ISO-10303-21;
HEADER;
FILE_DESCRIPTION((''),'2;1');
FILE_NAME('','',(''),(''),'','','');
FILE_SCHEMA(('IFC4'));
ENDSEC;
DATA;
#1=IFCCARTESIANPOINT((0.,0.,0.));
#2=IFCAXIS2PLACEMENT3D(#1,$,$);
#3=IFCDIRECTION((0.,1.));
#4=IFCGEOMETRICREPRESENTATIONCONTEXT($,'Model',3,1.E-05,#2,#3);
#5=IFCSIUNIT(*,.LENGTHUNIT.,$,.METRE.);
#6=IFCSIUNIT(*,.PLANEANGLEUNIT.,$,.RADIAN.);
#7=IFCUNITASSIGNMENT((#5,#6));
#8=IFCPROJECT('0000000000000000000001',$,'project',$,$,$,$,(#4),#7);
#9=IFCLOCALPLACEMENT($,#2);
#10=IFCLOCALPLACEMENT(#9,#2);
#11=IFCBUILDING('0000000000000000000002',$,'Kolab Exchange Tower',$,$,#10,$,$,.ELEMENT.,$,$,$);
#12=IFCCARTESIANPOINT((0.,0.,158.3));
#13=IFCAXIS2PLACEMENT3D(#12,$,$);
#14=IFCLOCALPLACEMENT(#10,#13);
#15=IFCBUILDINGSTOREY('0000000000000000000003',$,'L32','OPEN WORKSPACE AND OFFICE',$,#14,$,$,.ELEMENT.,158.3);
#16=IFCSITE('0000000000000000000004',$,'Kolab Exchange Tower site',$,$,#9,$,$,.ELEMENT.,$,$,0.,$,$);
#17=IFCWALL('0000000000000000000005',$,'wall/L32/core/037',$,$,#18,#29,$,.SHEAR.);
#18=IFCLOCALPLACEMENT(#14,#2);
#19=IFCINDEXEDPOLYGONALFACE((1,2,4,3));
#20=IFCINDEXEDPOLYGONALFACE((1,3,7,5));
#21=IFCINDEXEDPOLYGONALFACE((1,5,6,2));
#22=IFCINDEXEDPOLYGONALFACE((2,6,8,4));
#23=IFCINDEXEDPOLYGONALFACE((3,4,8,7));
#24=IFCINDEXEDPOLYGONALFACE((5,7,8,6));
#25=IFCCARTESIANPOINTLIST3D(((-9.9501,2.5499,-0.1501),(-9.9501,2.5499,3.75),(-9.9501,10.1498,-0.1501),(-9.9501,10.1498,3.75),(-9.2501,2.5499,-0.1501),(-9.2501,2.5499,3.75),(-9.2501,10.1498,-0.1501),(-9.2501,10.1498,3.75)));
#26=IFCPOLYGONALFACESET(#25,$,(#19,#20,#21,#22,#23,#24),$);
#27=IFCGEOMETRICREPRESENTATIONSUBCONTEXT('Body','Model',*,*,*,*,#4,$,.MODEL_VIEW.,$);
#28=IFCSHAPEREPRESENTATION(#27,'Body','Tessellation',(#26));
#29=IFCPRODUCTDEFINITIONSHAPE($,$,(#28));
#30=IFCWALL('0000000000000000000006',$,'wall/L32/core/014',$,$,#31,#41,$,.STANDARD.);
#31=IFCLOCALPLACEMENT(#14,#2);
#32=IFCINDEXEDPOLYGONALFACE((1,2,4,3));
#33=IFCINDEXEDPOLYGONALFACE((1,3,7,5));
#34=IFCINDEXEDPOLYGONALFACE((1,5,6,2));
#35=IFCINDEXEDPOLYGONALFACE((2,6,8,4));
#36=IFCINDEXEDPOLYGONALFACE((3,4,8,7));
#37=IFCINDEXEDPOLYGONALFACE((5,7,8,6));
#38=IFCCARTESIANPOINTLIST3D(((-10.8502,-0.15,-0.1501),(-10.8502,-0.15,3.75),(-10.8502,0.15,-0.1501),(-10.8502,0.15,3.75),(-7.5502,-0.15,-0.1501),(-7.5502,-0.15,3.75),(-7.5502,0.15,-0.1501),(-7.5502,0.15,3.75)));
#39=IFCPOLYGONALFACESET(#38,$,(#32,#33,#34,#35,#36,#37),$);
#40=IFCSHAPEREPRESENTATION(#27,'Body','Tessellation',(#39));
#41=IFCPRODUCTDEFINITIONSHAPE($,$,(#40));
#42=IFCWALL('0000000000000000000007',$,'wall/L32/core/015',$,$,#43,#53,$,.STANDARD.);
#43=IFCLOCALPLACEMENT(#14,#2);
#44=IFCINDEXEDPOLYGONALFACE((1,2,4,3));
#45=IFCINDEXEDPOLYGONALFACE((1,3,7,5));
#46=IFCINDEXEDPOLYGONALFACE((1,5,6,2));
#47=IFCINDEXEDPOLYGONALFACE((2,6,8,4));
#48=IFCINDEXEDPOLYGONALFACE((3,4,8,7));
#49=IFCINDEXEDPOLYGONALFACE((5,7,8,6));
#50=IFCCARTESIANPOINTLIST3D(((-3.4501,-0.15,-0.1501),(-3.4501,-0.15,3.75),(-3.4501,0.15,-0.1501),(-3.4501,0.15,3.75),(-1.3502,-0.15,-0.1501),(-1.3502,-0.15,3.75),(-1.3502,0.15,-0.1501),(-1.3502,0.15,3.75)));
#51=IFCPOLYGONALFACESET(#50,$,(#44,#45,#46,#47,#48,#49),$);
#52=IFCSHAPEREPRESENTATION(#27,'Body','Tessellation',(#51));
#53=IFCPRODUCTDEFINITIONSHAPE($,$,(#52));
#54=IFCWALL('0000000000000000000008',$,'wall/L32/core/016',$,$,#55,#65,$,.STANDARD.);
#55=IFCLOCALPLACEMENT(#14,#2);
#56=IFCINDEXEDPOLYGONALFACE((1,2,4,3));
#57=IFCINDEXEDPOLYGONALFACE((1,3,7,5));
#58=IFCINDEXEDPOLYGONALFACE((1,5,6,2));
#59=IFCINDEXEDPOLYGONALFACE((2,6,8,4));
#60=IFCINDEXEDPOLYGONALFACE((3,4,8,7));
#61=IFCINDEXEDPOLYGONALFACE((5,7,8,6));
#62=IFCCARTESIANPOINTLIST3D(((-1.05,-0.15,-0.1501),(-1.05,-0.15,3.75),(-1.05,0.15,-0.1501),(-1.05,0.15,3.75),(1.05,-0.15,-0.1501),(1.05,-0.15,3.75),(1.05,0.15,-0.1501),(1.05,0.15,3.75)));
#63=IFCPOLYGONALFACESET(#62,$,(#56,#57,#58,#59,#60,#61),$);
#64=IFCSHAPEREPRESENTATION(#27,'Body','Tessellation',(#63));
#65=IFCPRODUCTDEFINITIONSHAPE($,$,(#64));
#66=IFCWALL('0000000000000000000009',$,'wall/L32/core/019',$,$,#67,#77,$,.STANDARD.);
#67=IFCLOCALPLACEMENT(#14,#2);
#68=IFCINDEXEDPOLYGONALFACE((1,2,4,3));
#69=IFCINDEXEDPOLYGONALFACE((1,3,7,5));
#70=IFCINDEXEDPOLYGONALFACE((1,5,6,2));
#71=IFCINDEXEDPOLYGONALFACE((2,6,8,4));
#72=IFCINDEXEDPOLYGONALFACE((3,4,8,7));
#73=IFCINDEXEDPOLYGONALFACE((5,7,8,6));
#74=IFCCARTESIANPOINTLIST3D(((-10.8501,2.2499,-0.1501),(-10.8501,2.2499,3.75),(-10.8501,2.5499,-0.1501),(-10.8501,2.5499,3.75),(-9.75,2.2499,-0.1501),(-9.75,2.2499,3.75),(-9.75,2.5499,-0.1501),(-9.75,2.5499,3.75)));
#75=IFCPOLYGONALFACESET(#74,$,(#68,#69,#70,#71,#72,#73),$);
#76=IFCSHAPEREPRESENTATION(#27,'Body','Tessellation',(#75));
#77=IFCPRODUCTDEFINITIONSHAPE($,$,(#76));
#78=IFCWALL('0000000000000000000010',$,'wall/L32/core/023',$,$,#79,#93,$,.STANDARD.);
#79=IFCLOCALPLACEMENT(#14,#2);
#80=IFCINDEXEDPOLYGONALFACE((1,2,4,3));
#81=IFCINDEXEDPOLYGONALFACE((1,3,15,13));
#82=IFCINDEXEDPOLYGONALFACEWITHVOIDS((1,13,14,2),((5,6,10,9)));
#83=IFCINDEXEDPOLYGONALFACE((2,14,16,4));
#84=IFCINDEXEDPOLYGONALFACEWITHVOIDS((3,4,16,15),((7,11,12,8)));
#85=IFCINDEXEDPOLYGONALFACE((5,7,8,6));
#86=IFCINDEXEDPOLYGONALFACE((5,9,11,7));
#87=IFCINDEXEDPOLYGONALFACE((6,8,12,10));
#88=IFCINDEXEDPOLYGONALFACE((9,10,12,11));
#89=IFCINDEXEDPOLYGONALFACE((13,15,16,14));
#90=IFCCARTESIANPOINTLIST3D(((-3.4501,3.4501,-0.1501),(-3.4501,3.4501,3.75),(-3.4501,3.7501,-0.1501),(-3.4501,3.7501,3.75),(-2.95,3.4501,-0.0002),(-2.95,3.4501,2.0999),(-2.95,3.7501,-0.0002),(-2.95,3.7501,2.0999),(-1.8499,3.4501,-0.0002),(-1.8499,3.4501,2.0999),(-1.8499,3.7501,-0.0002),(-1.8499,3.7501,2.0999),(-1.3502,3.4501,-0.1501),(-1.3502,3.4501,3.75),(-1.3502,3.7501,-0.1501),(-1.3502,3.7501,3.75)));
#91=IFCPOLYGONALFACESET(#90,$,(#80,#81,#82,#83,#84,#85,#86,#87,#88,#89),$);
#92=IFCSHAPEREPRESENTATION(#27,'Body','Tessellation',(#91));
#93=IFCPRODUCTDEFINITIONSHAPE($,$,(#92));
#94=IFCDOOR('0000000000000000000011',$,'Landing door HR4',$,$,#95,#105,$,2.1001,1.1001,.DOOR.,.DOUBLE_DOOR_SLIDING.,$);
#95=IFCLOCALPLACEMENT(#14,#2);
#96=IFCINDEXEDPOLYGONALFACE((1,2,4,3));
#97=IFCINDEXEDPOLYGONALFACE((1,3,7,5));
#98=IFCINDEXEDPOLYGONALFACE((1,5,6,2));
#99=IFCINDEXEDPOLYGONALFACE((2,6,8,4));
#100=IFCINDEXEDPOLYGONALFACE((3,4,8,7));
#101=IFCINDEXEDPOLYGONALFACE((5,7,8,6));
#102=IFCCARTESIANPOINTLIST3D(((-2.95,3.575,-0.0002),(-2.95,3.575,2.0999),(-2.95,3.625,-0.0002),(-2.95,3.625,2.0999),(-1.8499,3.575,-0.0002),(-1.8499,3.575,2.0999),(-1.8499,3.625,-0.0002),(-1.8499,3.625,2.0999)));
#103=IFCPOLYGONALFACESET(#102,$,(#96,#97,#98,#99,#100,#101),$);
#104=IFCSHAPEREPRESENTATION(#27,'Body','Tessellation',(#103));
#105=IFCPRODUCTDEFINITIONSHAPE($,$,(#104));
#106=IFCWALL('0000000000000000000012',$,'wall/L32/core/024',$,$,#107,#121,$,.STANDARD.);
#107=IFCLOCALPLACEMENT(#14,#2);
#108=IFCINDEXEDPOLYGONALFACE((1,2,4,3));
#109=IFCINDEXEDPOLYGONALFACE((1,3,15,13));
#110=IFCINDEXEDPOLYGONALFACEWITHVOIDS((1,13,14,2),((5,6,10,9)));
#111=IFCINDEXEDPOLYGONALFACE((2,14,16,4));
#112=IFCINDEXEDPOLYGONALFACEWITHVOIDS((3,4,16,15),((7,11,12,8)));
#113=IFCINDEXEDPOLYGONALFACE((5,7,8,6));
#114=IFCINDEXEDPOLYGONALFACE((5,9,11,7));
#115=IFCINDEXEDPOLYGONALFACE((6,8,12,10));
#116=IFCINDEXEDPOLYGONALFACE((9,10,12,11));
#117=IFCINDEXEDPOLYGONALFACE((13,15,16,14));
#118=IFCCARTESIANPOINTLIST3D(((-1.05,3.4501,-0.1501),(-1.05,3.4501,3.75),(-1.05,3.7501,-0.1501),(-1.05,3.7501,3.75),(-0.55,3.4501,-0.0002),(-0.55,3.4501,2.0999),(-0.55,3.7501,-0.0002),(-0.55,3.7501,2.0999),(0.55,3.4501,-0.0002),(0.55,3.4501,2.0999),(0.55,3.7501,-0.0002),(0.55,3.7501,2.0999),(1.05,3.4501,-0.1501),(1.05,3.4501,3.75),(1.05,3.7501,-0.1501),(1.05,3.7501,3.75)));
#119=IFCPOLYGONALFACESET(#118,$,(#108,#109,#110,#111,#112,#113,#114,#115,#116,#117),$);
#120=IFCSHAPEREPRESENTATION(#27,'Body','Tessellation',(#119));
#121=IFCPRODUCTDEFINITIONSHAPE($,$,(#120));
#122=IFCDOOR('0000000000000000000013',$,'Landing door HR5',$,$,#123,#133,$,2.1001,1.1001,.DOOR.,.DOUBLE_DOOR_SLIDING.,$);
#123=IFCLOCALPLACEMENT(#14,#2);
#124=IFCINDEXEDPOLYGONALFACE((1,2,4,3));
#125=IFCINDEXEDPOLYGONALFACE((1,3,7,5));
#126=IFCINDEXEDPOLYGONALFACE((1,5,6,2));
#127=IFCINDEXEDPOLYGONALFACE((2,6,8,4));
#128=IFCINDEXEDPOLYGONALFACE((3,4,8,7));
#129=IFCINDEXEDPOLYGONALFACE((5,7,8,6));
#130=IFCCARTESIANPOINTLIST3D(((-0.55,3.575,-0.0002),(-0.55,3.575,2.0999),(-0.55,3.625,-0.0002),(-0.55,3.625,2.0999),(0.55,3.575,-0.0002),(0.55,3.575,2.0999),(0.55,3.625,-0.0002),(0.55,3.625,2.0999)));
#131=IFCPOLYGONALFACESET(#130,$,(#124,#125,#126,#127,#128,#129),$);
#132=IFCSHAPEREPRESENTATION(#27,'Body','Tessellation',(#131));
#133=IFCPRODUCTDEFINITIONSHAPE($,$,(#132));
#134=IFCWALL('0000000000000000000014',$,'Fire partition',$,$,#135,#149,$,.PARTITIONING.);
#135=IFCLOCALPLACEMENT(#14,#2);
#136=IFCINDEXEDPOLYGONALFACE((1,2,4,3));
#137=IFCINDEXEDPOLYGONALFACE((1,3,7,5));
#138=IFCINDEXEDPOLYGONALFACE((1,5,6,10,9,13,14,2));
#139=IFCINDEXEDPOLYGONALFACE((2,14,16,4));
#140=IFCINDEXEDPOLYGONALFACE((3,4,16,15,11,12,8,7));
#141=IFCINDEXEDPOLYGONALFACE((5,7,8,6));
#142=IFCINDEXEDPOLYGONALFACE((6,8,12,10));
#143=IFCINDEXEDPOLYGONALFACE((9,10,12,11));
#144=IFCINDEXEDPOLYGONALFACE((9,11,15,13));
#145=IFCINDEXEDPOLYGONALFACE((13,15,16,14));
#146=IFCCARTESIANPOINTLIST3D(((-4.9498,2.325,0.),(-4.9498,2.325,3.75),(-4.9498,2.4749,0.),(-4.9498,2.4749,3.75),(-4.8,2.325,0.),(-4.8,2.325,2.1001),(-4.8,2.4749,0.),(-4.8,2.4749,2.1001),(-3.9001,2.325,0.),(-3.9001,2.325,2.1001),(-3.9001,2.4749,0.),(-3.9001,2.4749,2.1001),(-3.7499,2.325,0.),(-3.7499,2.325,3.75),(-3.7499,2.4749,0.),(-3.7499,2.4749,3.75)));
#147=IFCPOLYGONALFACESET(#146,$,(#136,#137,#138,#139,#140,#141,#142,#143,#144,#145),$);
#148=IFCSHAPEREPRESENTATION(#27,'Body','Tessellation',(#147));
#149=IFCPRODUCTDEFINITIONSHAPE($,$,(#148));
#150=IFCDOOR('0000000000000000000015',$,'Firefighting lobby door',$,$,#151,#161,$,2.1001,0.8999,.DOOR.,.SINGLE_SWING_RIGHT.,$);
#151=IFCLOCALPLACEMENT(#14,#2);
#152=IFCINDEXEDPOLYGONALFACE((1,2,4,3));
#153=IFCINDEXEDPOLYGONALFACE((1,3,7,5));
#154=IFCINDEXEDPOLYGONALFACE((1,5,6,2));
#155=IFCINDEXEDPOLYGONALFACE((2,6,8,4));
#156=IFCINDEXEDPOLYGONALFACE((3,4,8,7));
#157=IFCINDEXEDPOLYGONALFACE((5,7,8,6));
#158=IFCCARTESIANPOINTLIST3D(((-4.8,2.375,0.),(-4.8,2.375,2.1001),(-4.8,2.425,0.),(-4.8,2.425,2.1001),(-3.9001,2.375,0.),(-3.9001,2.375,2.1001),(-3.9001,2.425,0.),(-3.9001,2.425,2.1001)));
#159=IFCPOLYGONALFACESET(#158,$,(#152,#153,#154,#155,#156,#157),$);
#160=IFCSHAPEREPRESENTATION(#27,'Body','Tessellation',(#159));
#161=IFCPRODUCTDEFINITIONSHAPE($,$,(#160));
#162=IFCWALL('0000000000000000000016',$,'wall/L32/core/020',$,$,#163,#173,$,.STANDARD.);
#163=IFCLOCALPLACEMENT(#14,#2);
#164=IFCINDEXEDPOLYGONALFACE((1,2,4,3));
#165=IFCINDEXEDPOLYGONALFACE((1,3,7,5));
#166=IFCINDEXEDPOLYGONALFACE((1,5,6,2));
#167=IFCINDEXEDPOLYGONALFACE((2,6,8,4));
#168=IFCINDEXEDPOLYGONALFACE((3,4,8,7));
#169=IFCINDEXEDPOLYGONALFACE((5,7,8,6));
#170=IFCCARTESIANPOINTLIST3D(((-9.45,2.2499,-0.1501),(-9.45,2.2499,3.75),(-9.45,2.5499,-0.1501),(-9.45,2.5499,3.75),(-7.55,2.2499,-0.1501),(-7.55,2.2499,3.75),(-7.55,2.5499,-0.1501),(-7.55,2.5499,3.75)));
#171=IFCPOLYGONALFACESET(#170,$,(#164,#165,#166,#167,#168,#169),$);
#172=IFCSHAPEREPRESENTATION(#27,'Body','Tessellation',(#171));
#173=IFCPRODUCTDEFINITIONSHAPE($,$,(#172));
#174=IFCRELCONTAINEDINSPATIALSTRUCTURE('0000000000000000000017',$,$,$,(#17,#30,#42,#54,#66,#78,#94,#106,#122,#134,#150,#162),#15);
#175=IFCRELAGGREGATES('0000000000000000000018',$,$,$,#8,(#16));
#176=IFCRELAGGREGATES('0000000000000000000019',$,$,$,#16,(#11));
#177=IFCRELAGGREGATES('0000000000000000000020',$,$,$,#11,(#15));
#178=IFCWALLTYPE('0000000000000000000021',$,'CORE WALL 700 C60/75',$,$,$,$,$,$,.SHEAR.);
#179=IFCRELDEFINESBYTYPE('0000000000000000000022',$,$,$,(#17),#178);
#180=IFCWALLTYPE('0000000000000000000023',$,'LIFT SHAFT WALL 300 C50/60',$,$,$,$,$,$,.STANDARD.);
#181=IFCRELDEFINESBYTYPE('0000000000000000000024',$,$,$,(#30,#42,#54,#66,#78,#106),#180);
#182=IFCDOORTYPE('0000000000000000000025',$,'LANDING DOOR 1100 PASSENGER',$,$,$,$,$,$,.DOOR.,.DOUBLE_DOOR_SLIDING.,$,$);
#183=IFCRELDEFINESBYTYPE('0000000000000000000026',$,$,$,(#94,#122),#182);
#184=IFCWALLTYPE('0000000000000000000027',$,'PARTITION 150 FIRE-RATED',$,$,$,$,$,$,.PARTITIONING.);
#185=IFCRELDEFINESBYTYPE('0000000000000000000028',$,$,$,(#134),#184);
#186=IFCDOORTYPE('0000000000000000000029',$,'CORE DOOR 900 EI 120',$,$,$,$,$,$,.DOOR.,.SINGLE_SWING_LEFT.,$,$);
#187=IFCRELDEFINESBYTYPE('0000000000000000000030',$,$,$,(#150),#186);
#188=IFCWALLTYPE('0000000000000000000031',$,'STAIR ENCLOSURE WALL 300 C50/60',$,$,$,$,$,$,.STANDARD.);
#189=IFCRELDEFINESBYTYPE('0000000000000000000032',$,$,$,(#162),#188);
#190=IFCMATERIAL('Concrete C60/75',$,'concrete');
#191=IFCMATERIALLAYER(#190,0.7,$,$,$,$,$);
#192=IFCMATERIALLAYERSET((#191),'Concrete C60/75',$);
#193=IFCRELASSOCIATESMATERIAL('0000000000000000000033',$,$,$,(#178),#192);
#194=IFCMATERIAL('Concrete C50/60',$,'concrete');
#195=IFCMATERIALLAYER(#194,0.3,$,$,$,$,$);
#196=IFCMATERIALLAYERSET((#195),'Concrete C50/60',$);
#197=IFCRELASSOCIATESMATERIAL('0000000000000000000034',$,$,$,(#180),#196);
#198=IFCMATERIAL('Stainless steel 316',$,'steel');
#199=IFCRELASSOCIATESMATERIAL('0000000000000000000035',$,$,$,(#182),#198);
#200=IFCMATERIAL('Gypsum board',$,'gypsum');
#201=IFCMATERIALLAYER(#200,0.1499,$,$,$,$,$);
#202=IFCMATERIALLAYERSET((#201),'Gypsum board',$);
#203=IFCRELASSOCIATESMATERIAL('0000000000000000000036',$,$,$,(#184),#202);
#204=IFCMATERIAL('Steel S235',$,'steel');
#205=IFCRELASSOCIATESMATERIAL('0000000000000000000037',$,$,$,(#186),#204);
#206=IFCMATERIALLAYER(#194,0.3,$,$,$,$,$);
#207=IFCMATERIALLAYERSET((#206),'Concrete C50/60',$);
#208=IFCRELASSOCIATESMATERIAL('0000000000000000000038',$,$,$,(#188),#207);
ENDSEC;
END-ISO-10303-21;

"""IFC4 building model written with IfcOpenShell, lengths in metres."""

from ifc_helpers import new_model, si_unit, direction, frame, frame_2d, origin, place, context, subcontext, project, spatial, rectangle, extrude, material, layer, layer_set, type_object, element, fill, save


model = new_model("IFC4")

# Units and contexts
model_context = context("Model", 3, precision=1e-05, world=origin(), true_north=direction((0.0, 1.0)))
body_context = subcontext(model_context, "Body", "Model", "MODEL_VIEW")
ifc_project = project(units=[si_unit("LENGTHUNIT", "METRE"), si_unit("PLANEANGLEUNIT", "RADIAN")], contexts=[model_context])

# Site, building, storey
site_placement = place(None, origin())
site = spatial("IfcSite", under=ifc_project, at=site_placement, Name="Kolab Exchange Tower site", CompositionType="ELEMENT", RefElevation=0.0)
building_placement = place(site_placement, origin())
building = spatial("IfcBuilding", under=site, at=building_placement, Name="Kolab Exchange Tower", CompositionType="ELEMENT")
storey_placement = place(building_placement, frame((0.0, 0.0, 158.3)))
storey = spatial("IfcBuildingStorey", under=building, at=storey_placement, Name="L32", Description="OPEN WORKSPACE AND OFFICE", CompositionType="ELEMENT", Elevation=158.3)

# Walls
ifc_material_1 = material(Name="Concrete C60/75", Category="concrete")
ifc_layer_1 = layer(ifc_material_1, 0.7)
ifc_layer_set_1 = layer_set([ifc_layer_1], Name="Concrete C60/75")
wall_type_1 = type_object("IfcWallType", Name="CORE WALL 700 C60/75", PredefinedType="SHEAR", material=ifc_layer_set_1)
wall_1_placement = place(storey_placement, frame((-9.6001, 2.55, -0.1501), z_axis=(0.0, 0.0, 1.0), x_axis=(0.0, 1.0, 0.0)))
element("IfcWall", 1, at=wall_1_placement, inside=storey, type_object=wall_type_1, Name="wall/L32/core/037", PredefinedType="SHEAR", context=body_context, shape_type="SweptSolid", body=[
    extrude(rectangle(XDim=7.5999, YDim=0.7, at=frame_2d((3.7998, 0.0))), origin(), (0.0, 0.0, 1.0), 3.9001),
])
ifc_material_2 = material(Name="Concrete C50/60", Category="concrete")
ifc_layer_2 = layer(ifc_material_2, 0.3)
ifc_layer_set_2 = layer_set([ifc_layer_2], Name="Concrete C50/60")
wall_type_2 = type_object("IfcWallType", Name="LIFT SHAFT WALL 300 C50/60", PredefinedType="STANDARD", material=ifc_layer_set_2)
wall_2_placement = place(storey_placement, frame((-10.8501, 0.0, -0.1501), z_axis=(0.0, 0.0, 1.0), x_axis=(1.0, 0.0, 0.0)))
element("IfcWall", 2, at=wall_2_placement, inside=storey, type_object=wall_type_2, Name="wall/L32/core/014", PredefinedType="STANDARD", context=body_context, shape_type="SweptSolid", body=[
    extrude(rectangle(XDim=3.3, YDim=0.3, at=frame_2d((1.6499, 0.0))), origin(), (0.0, 0.0, 1.0), 3.9001),
])
wall_3_placement = place(storey_placement, frame((-3.45, 0.0, -0.1501), z_axis=(0.0, 0.0, 1.0), x_axis=(1.0, 0.0, 0.0)))
element("IfcWall", 3, at=wall_3_placement, inside=storey, type_object=wall_type_2, Name="wall/L32/core/015", PredefinedType="STANDARD", context=body_context, shape_type="SweptSolid", body=[
    extrude(rectangle(XDim=2.0999, YDim=0.3, at=frame_2d((1.0498, 0.0))), origin(), (0.0, 0.0, 1.0), 3.9001),
])
wall_4_placement = place(storey_placement, frame((-1.05, 0.0, -0.1501), z_axis=(0.0, 0.0, 1.0), x_axis=(1.0, 0.0, 0.0)))
element("IfcWall", 4, at=wall_4_placement, inside=storey, type_object=wall_type_2, Name="wall/L32/core/016", PredefinedType="STANDARD", context=body_context, shape_type="SweptSolid", body=[
    extrude(rectangle(XDim=2.1001, YDim=0.3, at=frame_2d((1.05, 0.0))), origin(), (0.0, 0.0, 1.0), 3.9001),
])
wall_5_placement = place(storey_placement, frame((-10.8501, 2.3999, -0.1501), z_axis=(0.0, 0.0, 1.0), x_axis=(1.0, 0.0, 0.0)))
element("IfcWall", 5, at=wall_5_placement, inside=storey, type_object=wall_type_2, Name="wall/L32/core/019", PredefinedType="STANDARD", context=body_context, shape_type="SweptSolid", body=[
    extrude(rectangle(XDim=1.1001, YDim=0.3, at=frame_2d((0.55, 0.0))), origin(), (0.0, 0.0, 1.0), 3.9001),
])

# Walls, openings, doors
wall_6_placement = place(storey_placement, frame((-3.45, 3.6001, -0.1501), z_axis=(0.0, 0.0, 1.0), x_axis=(1.0, 0.0, 0.0)))
wall_6 = element("IfcWall", 6, at=wall_6_placement, inside=storey, type_object=wall_type_2, Name="wall/L32/core/023", PredefinedType="STANDARD", context=body_context, shape_type="SweptSolid", body=[
    extrude(rectangle(XDim=2.0999, YDim=0.3, at=frame_2d((1.0498, 0.0))), origin(), (0.0, 0.0, 1.0), 3.9001),
])
opening_1_placement = place(wall_6_placement, frame((0.5, 0.0, 0.1499)))
opening_1 = element("IfcOpeningElement", 7, at=opening_1_placement, cuts=wall_6, PredefinedType="OPENING", context=body_context, shape_type="SweptSolid", body=[
    extrude(rectangle(XDim=1.1001, YDim=2.1001, at=frame_2d((0.55, 1.05))), frame((0.0, 0.1602, 0.0), z_axis=(0.0, -1.0, 0.0), x_axis=(1.0, 0.0, 0.0)), (0.0, 0.0, 1.0), 0.3201),
])
ifc_material_3 = material(Name="Stainless steel 316", Category="steel")
door_type_1 = type_object("IfcDoorType", Name="LANDING DOOR 1100 PASSENGER", OperationType="DOUBLE_DOOR_SLIDING", PredefinedType="DOOR", material=ifc_material_3)
door_1_placement = place(opening_1_placement, origin())
door_1 = element("IfcDoor", 8, at=door_1_placement, inside=storey, type_object=door_type_1, Name="Landing door HR4", OperationType="DOUBLE_DOOR_SLIDING", OverallHeight=2.1001, OverallWidth=1.1001, PredefinedType="DOOR", context=body_context, shape_type="SweptSolid", body=[
    extrude(rectangle(XDim=1.1001, YDim=2.1001, at=frame_2d((0.55, 1.05))), frame((0.0, 0.0249, 0.0), z_axis=(0.0, -1.0, 0.0), x_axis=(1.0, 0.0, 0.0)), (0.0, 0.0, 1.0), 0.05),
])
fill(opening_1, door_1)
wall_7_placement = place(storey_placement, frame((-1.05, 3.6001, -0.1501), z_axis=(0.0, 0.0, 1.0), x_axis=(1.0, 0.0, 0.0)))
wall_7 = element("IfcWall", 9, at=wall_7_placement, inside=storey, type_object=wall_type_2, Name="wall/L32/core/024", PredefinedType="STANDARD", context=body_context, shape_type="SweptSolid", body=[
    extrude(rectangle(XDim=2.1001, YDim=0.3, at=frame_2d((1.05, 0.0))), origin(), (0.0, 0.0, 1.0), 3.9001),
])
opening_2_placement = place(wall_7_placement, frame((0.5, 0.0, 0.1499)))
opening_2 = element("IfcOpeningElement", 10, at=opening_2_placement, cuts=wall_7, PredefinedType="OPENING", context=body_context, shape_type="SweptSolid", body=[
    extrude(rectangle(XDim=1.1001, YDim=2.1001, at=frame_2d((0.55, 1.05))), frame((0.0, 0.1602, 0.0), z_axis=(0.0, -1.0, 0.0), x_axis=(1.0, 0.0, 0.0)), (0.0, 0.0, 1.0), 0.3201),
])
door_2_placement = place(opening_2_placement, origin())
door_2 = element("IfcDoor", 11, at=door_2_placement, inside=storey, type_object=door_type_1, Name="Landing door HR5", OperationType="DOUBLE_DOOR_SLIDING", OverallHeight=2.1001, OverallWidth=1.1001, PredefinedType="DOOR", context=body_context, shape_type="SweptSolid", body=[
    extrude(rectangle(XDim=1.1001, YDim=2.1001, at=frame_2d((0.55, 1.05))), frame((0.0, 0.0249, 0.0), z_axis=(0.0, -1.0, 0.0), x_axis=(1.0, 0.0, 0.0)), (0.0, 0.0, 1.0), 0.05),
])
fill(opening_2, door_2)
ifc_material_4 = material(Name="Gypsum board", Category="gypsum")
ifc_layer_3 = layer(ifc_material_4, 0.1499)
ifc_layer_set_3 = layer_set([ifc_layer_3], Name="Gypsum board")
wall_type_3 = type_object("IfcWallType", Name="PARTITION 150 FIRE-RATED", PredefinedType="PARTITIONING", material=ifc_layer_set_3)
wall_8_placement = place(storey_placement, frame((-4.95, 2.3999, 0.0), z_axis=(0.0, 0.0, 1.0), x_axis=(1.0, 0.0, 0.0)))
wall_8 = element("IfcWall", 12, at=wall_8_placement, inside=storey, type_object=wall_type_3, Name="Fire partition", PredefinedType="PARTITIONING", context=body_context, shape_type="SweptSolid", body=[
    extrude(rectangle(XDim=1.2, YDim=0.1499, at=frame_2d((0.6001, 0.0))), origin(), (0.0, 0.0, 1.0), 3.75),
])
opening_3_placement = place(wall_8_placement, frame((0.1499, 0.0, 0.0)))
opening_3 = element("IfcOpeningElement", 13, at=opening_3_placement, cuts=wall_8, PredefinedType="OPENING", context=body_context, shape_type="SweptSolid", body=[
    extrude(rectangle(XDim=0.8999, YDim=2.1001, at=frame_2d((0.45, 1.05))), frame((0.0, 0.085, 0.0), z_axis=(0.0, -1.0, 0.0), x_axis=(1.0, 0.0, 0.0)), (0.0, 0.0, 1.0), 0.1699),
])
ifc_material_5 = material(Name="Steel S235", Category="steel")
door_type_2 = type_object("IfcDoorType", Name="CORE DOOR 900 EI 120", OperationType="SINGLE_SWING_LEFT", PredefinedType="DOOR", material=ifc_material_5)
door_3_placement = place(opening_3_placement, frame((0.8999, 0.0, 0.0), z_axis=(0.0, 0.0, 1.0), x_axis=(-1.0, 0.0, 0.0)))
door_3 = element("IfcDoor", 14, at=door_3_placement, inside=storey, type_object=door_type_2, Name="Firefighting lobby door", OperationType="SINGLE_SWING_RIGHT", OverallHeight=2.1001, OverallWidth=0.8999, PredefinedType="DOOR", context=body_context, shape_type="SweptSolid", body=[
    extrude(rectangle(XDim=0.8999, YDim=2.1001, at=frame_2d((0.45, 1.05))), frame((0.0, 0.0249, 0.0), z_axis=(0.0, -1.0, 0.0), x_axis=(1.0, 0.0, 0.0)), (0.0, 0.0, 1.0), 0.05),
])
fill(opening_3, door_3)

# Wall
ifc_layer_4 = layer(ifc_material_2, 0.3)
ifc_layer_set_4 = layer_set([ifc_layer_4], Name="Concrete C50/60")
wall_type_4 = type_object("IfcWallType", Name="STAIR ENCLOSURE WALL 300 C50/60", PredefinedType="STANDARD", material=ifc_layer_set_4)
wall_9_placement = place(storey_placement, frame((-9.45, 2.3999, -0.1501), z_axis=(0.0, 0.0, 1.0), x_axis=(1.0, 0.0, 0.0)))
element("IfcWall", 15, at=wall_9_placement, inside=storey, type_object=wall_type_4, Name="wall/L32/core/020", PredefinedType="STANDARD", context=body_context, shape_type="SweptSolid", body=[
    extrude(rectangle(XDim=1.8999, YDim=0.3, at=frame_2d((0.95, 0.0))), origin(), (0.0, 0.0, 1.0), 3.9001),
])

save(model, "model.ifc")
